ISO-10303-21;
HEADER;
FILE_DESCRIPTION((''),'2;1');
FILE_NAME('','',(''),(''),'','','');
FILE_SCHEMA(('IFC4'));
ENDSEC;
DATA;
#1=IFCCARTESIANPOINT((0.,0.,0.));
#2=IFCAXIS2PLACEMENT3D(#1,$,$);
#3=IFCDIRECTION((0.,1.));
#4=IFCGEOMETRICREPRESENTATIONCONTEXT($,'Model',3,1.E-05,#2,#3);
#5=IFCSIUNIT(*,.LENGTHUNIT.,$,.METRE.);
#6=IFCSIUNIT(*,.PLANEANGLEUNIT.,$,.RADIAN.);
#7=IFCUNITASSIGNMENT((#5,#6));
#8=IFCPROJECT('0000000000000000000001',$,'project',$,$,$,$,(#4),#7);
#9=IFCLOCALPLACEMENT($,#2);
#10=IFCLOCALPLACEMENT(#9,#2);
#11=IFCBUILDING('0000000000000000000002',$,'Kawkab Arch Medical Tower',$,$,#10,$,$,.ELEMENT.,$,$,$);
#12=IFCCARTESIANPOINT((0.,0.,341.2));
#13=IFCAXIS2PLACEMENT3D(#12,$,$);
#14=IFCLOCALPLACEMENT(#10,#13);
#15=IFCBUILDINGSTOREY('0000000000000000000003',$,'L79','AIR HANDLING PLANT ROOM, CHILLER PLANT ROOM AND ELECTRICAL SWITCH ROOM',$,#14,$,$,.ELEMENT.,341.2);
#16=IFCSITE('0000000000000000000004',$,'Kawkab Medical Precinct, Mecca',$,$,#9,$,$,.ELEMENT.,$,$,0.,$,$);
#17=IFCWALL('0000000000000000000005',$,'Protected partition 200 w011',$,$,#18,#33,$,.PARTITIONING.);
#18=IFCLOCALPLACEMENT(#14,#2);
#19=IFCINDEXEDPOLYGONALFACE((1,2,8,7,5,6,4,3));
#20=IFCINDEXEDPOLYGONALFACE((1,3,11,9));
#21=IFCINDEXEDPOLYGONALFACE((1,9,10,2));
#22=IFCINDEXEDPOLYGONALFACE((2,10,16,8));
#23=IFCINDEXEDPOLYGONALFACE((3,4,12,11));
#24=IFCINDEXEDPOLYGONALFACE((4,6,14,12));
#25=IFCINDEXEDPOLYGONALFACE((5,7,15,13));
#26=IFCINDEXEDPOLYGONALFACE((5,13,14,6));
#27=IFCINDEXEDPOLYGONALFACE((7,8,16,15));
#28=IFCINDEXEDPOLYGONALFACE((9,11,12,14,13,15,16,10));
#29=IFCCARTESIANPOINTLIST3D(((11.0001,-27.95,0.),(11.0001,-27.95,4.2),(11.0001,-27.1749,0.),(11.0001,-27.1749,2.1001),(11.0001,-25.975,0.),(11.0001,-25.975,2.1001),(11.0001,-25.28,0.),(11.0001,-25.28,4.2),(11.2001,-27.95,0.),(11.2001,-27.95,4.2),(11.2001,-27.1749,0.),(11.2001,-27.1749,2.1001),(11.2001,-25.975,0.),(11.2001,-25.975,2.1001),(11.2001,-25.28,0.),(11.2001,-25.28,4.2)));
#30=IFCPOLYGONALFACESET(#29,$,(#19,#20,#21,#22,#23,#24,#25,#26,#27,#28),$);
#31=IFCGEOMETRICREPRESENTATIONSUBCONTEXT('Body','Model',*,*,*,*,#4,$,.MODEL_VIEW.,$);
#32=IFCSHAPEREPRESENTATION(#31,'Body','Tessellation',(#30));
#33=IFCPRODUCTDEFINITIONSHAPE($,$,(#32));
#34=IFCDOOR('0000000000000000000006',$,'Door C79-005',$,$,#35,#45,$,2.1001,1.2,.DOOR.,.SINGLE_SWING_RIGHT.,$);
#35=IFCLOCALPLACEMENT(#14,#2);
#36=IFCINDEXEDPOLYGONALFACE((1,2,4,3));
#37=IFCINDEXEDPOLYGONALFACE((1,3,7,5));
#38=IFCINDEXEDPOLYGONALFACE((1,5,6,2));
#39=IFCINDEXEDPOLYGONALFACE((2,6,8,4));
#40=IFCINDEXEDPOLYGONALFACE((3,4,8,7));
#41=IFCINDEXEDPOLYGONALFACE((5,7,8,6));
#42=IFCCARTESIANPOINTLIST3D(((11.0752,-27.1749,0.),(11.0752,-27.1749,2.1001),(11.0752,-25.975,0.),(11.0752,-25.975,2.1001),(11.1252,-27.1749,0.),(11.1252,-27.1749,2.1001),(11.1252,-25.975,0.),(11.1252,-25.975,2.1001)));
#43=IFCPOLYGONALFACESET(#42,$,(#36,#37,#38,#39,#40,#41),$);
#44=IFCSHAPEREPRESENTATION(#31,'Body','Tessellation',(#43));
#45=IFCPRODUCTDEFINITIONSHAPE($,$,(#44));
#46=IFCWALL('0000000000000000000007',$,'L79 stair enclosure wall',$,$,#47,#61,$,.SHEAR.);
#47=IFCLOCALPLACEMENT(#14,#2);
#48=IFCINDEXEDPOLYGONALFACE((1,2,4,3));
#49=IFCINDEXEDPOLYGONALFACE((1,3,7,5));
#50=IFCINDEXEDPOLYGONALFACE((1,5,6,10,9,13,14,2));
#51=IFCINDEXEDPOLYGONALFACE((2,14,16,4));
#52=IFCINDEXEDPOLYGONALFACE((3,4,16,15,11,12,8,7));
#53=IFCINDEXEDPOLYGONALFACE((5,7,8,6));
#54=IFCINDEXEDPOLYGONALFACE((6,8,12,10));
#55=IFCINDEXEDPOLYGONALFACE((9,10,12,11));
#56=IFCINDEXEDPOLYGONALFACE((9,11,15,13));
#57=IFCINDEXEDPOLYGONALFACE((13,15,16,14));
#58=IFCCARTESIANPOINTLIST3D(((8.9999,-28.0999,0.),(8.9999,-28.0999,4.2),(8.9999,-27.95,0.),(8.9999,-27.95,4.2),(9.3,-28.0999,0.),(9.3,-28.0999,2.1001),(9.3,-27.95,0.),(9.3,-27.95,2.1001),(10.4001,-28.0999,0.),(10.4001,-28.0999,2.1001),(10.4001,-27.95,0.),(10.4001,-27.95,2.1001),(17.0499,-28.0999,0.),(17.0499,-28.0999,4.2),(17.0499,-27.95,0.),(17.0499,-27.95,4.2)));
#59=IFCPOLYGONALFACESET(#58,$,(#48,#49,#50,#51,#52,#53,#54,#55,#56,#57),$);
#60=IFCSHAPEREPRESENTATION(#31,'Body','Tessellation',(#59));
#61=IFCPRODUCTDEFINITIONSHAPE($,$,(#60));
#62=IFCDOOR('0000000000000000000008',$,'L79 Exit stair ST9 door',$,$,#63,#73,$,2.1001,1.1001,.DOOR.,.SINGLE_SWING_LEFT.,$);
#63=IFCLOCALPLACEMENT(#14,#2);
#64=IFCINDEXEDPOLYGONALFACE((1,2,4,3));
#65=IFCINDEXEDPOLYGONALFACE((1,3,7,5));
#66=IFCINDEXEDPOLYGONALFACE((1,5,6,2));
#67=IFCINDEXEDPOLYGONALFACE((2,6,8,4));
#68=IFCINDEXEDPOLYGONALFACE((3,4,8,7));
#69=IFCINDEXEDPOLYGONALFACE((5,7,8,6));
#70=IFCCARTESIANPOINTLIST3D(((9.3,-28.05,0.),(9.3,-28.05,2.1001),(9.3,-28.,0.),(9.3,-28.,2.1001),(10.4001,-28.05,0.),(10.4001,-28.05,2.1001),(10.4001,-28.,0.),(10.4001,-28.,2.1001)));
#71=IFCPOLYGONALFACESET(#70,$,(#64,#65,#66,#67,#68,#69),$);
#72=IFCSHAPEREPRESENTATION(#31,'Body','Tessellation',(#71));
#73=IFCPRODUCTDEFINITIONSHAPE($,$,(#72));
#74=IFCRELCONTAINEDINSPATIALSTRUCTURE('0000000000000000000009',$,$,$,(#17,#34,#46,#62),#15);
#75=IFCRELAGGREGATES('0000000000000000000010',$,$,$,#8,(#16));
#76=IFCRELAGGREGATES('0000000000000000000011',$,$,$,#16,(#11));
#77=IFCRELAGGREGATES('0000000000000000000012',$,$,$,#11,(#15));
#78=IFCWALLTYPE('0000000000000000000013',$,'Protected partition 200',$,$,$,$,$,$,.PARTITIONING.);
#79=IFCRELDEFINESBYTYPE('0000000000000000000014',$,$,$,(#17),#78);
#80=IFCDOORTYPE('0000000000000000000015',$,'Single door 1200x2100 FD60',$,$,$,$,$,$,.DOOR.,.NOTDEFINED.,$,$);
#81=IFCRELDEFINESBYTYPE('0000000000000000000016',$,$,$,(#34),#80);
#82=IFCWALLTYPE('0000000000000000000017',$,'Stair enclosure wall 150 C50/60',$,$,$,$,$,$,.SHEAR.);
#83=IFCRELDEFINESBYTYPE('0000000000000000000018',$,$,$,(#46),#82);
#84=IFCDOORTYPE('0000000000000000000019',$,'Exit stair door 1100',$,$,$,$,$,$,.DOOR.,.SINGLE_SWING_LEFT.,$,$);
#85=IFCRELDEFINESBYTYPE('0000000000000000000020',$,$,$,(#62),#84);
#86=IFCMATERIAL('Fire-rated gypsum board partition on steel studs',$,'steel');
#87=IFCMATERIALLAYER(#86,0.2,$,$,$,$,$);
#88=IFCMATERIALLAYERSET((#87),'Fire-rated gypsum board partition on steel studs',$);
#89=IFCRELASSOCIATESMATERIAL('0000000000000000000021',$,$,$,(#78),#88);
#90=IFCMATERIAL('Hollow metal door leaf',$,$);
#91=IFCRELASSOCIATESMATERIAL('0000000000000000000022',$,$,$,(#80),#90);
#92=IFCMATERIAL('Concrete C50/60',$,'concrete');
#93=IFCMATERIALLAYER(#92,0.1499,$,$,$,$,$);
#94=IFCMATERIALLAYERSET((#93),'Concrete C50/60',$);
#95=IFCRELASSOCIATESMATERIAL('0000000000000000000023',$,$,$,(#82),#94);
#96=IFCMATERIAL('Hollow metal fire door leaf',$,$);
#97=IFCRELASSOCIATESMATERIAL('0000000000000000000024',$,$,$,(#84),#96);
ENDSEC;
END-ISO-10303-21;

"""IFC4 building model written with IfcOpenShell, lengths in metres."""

from ifc_helpers import new_model, si_unit, direction, frame, frame_2d, origin, place, context, subcontext, project, spatial, rectangle, extrude, material, layer, layer_set, type_object, element, fill, save


model = new_model("IFC4")

# Units and contexts
model_context = context("Model", 3, precision=1e-05, world=origin(), true_north=direction((0.0, 1.0)))
body_context = subcontext(model_context, "Body", "Model", "MODEL_VIEW")
ifc_project = project(units=[si_unit("LENGTHUNIT", "METRE"), si_unit("PLANEANGLEUNIT", "RADIAN")], contexts=[model_context])

# Site, building, storey
site_placement = place(None, origin())
site = spatial("IfcSite", under=ifc_project, at=site_placement, Name="Kawkab Medical Precinct, Mecca", CompositionType="ELEMENT", RefElevation=0.0)
building_placement = place(site_placement, origin())
building = spatial("IfcBuilding", under=site, at=building_placement, Name="Kawkab Arch Medical Tower", CompositionType="ELEMENT")
storey_placement = place(building_placement, frame((0.0, 0.0, 341.2)))
storey = spatial("IfcBuildingStorey", under=building, at=storey_placement, Name="L79", Description="AIR HANDLING PLANT ROOM, CHILLER PLANT ROOM AND ELECTRICAL SWITCH ROOM", CompositionType="ELEMENT", Elevation=341.2)

# Shared definitions
ifc_material_1 = material(Name="Fire-rated gypsum board partition on steel studs", Category="steel")
ifc_layer_1 = layer(ifc_material_1, 0.2)
ifc_layer_set_1 = layer_set([ifc_layer_1], Name="Fire-rated gypsum board partition on steel studs")
wall_type_1 = type_object("IfcWallType", Name="Protected partition 200", PredefinedType="PARTITIONING", material=ifc_layer_set_1)

# Walls, openings, doors
wall_1_placement = place(storey_placement, frame((11.1001, -27.95, 0.0), z_axis=(0.0, 0.0, 1.0), x_axis=(0.0, 1.0, 0.0)))
wall_1 = element("IfcWall", 1, at=wall_1_placement, inside=storey, type_object=wall_type_1, Name="Protected partition 200 w011", PredefinedType="PARTITIONING", context=body_context, shape_type="SweptSolid", body=[
    extrude(rectangle(XDim=2.6699, YDim=0.2, at=frame_2d((1.335, 0.0))), origin(), (0.0, 0.0, 1.0), 4.2),
])
opening_1_placement = place(wall_1_placement, frame((0.7749, 0.0, 0.0)))
opening_1 = element("IfcOpeningElement", 2, at=opening_1_placement, cuts=wall_1, PredefinedType="OPENING", context=body_context, shape_type="SweptSolid", body=[
    extrude(rectangle(XDim=1.2, YDim=2.1001, at=frame_2d((0.6001, 1.05))), frame((0.0, 0.1099, 0.0), z_axis=(0.0, -1.0, 0.0), x_axis=(1.0, 0.0, 0.0)), (0.0, 0.0, 1.0), 0.22),
])
ifc_material_2 = material(Name="Hollow metal door leaf")
door_type_1 = type_object("IfcDoorType", Name="Single door 1200x2100 FD60", OperationType="NOTDEFINED", PredefinedType="DOOR", material=ifc_material_2)
door_1_placement = place(opening_1_placement, origin())
door_1 = element("IfcDoor", 3, at=door_1_placement, inside=storey, type_object=door_type_1, Name="Door C79-005", OperationType="SINGLE_SWING_RIGHT", OverallHeight=2.1001, OverallWidth=1.2, PredefinedType="DOOR", context=body_context, shape_type="SweptSolid", body=[
    extrude(rectangle(XDim=1.2, YDim=2.1001, at=frame_2d((0.6001, 1.05))), frame((0.0, 0.0249, 0.0), z_axis=(0.0, -1.0, 0.0), x_axis=(1.0, 0.0, 0.0)), (0.0, 0.0, 1.0), 0.05),
])
fill(opening_1, door_1)
ifc_material_3 = material(Name="Concrete C50/60", Category="concrete")
ifc_layer_2 = layer(ifc_material_3, 0.1499)
ifc_layer_set_2 = layer_set([ifc_layer_2], Name="Concrete C50/60")
wall_type_2 = type_object("IfcWallType", Name="Stair enclosure wall 150 C50/60", PredefinedType="SHEAR", material=ifc_layer_set_2)
wall_2_placement = place(storey_placement, frame((9.0, -28.0249, 0.0), z_axis=(0.0, 0.0, 1.0), x_axis=(1.0, 0.0, 0.0)))
wall_2 = element("IfcWall", 4, at=wall_2_placement, inside=storey, type_object=wall_type_2, Name="L79 stair enclosure wall", PredefinedType="SHEAR", context=body_context, shape_type="SweptSolid", body=[
    extrude(rectangle(XDim=8.05, YDim=0.1499, at=frame_2d((4.0249, 0.0))), origin(), (0.0, 0.0, 1.0), 4.2),
])
opening_2_placement = place(wall_2_placement, frame((0.3, 0.0, 0.0)))
opening_2 = element("IfcOpeningElement", 5, at=opening_2_placement, cuts=wall_2, PredefinedType="OPENING", context=body_context, shape_type="SweptSolid", body=[
    extrude(rectangle(XDim=1.1001, YDim=2.1001, at=frame_2d((0.55, 1.05))), frame((0.0, 0.085, 0.0), z_axis=(0.0, -1.0, 0.0), x_axis=(1.0, 0.0, 0.0)), (0.0, 0.0, 1.0), 0.1699),
])
ifc_material_4 = material(Name="Hollow metal fire door leaf")
door_type_2 = type_object("IfcDoorType", Name="Exit stair door 1100", OperationType="SINGLE_SWING_LEFT", PredefinedType="DOOR", material=ifc_material_4)
door_2_placement = place(opening_2_placement, origin())
door_2 = element("IfcDoor", 6, at=door_2_placement, inside=storey, type_object=door_type_2, Name="L79 Exit stair ST9 door", OperationType="SINGLE_SWING_LEFT", OverallHeight=2.1001, OverallWidth=1.1001, PredefinedType="DOOR", context=body_context, shape_type="SweptSolid", body=[
    extrude(rectangle(XDim=1.1001, YDim=2.1001, at=frame_2d((0.55, 1.05))), frame((0.0, 0.0249, 0.0), z_axis=(0.0, -1.0, 0.0), x_axis=(1.0, 0.0, 0.0)), (0.0, 0.0, 1.0), 0.05),
])
fill(opening_2, door_2)

save(model, "model.ifc")
